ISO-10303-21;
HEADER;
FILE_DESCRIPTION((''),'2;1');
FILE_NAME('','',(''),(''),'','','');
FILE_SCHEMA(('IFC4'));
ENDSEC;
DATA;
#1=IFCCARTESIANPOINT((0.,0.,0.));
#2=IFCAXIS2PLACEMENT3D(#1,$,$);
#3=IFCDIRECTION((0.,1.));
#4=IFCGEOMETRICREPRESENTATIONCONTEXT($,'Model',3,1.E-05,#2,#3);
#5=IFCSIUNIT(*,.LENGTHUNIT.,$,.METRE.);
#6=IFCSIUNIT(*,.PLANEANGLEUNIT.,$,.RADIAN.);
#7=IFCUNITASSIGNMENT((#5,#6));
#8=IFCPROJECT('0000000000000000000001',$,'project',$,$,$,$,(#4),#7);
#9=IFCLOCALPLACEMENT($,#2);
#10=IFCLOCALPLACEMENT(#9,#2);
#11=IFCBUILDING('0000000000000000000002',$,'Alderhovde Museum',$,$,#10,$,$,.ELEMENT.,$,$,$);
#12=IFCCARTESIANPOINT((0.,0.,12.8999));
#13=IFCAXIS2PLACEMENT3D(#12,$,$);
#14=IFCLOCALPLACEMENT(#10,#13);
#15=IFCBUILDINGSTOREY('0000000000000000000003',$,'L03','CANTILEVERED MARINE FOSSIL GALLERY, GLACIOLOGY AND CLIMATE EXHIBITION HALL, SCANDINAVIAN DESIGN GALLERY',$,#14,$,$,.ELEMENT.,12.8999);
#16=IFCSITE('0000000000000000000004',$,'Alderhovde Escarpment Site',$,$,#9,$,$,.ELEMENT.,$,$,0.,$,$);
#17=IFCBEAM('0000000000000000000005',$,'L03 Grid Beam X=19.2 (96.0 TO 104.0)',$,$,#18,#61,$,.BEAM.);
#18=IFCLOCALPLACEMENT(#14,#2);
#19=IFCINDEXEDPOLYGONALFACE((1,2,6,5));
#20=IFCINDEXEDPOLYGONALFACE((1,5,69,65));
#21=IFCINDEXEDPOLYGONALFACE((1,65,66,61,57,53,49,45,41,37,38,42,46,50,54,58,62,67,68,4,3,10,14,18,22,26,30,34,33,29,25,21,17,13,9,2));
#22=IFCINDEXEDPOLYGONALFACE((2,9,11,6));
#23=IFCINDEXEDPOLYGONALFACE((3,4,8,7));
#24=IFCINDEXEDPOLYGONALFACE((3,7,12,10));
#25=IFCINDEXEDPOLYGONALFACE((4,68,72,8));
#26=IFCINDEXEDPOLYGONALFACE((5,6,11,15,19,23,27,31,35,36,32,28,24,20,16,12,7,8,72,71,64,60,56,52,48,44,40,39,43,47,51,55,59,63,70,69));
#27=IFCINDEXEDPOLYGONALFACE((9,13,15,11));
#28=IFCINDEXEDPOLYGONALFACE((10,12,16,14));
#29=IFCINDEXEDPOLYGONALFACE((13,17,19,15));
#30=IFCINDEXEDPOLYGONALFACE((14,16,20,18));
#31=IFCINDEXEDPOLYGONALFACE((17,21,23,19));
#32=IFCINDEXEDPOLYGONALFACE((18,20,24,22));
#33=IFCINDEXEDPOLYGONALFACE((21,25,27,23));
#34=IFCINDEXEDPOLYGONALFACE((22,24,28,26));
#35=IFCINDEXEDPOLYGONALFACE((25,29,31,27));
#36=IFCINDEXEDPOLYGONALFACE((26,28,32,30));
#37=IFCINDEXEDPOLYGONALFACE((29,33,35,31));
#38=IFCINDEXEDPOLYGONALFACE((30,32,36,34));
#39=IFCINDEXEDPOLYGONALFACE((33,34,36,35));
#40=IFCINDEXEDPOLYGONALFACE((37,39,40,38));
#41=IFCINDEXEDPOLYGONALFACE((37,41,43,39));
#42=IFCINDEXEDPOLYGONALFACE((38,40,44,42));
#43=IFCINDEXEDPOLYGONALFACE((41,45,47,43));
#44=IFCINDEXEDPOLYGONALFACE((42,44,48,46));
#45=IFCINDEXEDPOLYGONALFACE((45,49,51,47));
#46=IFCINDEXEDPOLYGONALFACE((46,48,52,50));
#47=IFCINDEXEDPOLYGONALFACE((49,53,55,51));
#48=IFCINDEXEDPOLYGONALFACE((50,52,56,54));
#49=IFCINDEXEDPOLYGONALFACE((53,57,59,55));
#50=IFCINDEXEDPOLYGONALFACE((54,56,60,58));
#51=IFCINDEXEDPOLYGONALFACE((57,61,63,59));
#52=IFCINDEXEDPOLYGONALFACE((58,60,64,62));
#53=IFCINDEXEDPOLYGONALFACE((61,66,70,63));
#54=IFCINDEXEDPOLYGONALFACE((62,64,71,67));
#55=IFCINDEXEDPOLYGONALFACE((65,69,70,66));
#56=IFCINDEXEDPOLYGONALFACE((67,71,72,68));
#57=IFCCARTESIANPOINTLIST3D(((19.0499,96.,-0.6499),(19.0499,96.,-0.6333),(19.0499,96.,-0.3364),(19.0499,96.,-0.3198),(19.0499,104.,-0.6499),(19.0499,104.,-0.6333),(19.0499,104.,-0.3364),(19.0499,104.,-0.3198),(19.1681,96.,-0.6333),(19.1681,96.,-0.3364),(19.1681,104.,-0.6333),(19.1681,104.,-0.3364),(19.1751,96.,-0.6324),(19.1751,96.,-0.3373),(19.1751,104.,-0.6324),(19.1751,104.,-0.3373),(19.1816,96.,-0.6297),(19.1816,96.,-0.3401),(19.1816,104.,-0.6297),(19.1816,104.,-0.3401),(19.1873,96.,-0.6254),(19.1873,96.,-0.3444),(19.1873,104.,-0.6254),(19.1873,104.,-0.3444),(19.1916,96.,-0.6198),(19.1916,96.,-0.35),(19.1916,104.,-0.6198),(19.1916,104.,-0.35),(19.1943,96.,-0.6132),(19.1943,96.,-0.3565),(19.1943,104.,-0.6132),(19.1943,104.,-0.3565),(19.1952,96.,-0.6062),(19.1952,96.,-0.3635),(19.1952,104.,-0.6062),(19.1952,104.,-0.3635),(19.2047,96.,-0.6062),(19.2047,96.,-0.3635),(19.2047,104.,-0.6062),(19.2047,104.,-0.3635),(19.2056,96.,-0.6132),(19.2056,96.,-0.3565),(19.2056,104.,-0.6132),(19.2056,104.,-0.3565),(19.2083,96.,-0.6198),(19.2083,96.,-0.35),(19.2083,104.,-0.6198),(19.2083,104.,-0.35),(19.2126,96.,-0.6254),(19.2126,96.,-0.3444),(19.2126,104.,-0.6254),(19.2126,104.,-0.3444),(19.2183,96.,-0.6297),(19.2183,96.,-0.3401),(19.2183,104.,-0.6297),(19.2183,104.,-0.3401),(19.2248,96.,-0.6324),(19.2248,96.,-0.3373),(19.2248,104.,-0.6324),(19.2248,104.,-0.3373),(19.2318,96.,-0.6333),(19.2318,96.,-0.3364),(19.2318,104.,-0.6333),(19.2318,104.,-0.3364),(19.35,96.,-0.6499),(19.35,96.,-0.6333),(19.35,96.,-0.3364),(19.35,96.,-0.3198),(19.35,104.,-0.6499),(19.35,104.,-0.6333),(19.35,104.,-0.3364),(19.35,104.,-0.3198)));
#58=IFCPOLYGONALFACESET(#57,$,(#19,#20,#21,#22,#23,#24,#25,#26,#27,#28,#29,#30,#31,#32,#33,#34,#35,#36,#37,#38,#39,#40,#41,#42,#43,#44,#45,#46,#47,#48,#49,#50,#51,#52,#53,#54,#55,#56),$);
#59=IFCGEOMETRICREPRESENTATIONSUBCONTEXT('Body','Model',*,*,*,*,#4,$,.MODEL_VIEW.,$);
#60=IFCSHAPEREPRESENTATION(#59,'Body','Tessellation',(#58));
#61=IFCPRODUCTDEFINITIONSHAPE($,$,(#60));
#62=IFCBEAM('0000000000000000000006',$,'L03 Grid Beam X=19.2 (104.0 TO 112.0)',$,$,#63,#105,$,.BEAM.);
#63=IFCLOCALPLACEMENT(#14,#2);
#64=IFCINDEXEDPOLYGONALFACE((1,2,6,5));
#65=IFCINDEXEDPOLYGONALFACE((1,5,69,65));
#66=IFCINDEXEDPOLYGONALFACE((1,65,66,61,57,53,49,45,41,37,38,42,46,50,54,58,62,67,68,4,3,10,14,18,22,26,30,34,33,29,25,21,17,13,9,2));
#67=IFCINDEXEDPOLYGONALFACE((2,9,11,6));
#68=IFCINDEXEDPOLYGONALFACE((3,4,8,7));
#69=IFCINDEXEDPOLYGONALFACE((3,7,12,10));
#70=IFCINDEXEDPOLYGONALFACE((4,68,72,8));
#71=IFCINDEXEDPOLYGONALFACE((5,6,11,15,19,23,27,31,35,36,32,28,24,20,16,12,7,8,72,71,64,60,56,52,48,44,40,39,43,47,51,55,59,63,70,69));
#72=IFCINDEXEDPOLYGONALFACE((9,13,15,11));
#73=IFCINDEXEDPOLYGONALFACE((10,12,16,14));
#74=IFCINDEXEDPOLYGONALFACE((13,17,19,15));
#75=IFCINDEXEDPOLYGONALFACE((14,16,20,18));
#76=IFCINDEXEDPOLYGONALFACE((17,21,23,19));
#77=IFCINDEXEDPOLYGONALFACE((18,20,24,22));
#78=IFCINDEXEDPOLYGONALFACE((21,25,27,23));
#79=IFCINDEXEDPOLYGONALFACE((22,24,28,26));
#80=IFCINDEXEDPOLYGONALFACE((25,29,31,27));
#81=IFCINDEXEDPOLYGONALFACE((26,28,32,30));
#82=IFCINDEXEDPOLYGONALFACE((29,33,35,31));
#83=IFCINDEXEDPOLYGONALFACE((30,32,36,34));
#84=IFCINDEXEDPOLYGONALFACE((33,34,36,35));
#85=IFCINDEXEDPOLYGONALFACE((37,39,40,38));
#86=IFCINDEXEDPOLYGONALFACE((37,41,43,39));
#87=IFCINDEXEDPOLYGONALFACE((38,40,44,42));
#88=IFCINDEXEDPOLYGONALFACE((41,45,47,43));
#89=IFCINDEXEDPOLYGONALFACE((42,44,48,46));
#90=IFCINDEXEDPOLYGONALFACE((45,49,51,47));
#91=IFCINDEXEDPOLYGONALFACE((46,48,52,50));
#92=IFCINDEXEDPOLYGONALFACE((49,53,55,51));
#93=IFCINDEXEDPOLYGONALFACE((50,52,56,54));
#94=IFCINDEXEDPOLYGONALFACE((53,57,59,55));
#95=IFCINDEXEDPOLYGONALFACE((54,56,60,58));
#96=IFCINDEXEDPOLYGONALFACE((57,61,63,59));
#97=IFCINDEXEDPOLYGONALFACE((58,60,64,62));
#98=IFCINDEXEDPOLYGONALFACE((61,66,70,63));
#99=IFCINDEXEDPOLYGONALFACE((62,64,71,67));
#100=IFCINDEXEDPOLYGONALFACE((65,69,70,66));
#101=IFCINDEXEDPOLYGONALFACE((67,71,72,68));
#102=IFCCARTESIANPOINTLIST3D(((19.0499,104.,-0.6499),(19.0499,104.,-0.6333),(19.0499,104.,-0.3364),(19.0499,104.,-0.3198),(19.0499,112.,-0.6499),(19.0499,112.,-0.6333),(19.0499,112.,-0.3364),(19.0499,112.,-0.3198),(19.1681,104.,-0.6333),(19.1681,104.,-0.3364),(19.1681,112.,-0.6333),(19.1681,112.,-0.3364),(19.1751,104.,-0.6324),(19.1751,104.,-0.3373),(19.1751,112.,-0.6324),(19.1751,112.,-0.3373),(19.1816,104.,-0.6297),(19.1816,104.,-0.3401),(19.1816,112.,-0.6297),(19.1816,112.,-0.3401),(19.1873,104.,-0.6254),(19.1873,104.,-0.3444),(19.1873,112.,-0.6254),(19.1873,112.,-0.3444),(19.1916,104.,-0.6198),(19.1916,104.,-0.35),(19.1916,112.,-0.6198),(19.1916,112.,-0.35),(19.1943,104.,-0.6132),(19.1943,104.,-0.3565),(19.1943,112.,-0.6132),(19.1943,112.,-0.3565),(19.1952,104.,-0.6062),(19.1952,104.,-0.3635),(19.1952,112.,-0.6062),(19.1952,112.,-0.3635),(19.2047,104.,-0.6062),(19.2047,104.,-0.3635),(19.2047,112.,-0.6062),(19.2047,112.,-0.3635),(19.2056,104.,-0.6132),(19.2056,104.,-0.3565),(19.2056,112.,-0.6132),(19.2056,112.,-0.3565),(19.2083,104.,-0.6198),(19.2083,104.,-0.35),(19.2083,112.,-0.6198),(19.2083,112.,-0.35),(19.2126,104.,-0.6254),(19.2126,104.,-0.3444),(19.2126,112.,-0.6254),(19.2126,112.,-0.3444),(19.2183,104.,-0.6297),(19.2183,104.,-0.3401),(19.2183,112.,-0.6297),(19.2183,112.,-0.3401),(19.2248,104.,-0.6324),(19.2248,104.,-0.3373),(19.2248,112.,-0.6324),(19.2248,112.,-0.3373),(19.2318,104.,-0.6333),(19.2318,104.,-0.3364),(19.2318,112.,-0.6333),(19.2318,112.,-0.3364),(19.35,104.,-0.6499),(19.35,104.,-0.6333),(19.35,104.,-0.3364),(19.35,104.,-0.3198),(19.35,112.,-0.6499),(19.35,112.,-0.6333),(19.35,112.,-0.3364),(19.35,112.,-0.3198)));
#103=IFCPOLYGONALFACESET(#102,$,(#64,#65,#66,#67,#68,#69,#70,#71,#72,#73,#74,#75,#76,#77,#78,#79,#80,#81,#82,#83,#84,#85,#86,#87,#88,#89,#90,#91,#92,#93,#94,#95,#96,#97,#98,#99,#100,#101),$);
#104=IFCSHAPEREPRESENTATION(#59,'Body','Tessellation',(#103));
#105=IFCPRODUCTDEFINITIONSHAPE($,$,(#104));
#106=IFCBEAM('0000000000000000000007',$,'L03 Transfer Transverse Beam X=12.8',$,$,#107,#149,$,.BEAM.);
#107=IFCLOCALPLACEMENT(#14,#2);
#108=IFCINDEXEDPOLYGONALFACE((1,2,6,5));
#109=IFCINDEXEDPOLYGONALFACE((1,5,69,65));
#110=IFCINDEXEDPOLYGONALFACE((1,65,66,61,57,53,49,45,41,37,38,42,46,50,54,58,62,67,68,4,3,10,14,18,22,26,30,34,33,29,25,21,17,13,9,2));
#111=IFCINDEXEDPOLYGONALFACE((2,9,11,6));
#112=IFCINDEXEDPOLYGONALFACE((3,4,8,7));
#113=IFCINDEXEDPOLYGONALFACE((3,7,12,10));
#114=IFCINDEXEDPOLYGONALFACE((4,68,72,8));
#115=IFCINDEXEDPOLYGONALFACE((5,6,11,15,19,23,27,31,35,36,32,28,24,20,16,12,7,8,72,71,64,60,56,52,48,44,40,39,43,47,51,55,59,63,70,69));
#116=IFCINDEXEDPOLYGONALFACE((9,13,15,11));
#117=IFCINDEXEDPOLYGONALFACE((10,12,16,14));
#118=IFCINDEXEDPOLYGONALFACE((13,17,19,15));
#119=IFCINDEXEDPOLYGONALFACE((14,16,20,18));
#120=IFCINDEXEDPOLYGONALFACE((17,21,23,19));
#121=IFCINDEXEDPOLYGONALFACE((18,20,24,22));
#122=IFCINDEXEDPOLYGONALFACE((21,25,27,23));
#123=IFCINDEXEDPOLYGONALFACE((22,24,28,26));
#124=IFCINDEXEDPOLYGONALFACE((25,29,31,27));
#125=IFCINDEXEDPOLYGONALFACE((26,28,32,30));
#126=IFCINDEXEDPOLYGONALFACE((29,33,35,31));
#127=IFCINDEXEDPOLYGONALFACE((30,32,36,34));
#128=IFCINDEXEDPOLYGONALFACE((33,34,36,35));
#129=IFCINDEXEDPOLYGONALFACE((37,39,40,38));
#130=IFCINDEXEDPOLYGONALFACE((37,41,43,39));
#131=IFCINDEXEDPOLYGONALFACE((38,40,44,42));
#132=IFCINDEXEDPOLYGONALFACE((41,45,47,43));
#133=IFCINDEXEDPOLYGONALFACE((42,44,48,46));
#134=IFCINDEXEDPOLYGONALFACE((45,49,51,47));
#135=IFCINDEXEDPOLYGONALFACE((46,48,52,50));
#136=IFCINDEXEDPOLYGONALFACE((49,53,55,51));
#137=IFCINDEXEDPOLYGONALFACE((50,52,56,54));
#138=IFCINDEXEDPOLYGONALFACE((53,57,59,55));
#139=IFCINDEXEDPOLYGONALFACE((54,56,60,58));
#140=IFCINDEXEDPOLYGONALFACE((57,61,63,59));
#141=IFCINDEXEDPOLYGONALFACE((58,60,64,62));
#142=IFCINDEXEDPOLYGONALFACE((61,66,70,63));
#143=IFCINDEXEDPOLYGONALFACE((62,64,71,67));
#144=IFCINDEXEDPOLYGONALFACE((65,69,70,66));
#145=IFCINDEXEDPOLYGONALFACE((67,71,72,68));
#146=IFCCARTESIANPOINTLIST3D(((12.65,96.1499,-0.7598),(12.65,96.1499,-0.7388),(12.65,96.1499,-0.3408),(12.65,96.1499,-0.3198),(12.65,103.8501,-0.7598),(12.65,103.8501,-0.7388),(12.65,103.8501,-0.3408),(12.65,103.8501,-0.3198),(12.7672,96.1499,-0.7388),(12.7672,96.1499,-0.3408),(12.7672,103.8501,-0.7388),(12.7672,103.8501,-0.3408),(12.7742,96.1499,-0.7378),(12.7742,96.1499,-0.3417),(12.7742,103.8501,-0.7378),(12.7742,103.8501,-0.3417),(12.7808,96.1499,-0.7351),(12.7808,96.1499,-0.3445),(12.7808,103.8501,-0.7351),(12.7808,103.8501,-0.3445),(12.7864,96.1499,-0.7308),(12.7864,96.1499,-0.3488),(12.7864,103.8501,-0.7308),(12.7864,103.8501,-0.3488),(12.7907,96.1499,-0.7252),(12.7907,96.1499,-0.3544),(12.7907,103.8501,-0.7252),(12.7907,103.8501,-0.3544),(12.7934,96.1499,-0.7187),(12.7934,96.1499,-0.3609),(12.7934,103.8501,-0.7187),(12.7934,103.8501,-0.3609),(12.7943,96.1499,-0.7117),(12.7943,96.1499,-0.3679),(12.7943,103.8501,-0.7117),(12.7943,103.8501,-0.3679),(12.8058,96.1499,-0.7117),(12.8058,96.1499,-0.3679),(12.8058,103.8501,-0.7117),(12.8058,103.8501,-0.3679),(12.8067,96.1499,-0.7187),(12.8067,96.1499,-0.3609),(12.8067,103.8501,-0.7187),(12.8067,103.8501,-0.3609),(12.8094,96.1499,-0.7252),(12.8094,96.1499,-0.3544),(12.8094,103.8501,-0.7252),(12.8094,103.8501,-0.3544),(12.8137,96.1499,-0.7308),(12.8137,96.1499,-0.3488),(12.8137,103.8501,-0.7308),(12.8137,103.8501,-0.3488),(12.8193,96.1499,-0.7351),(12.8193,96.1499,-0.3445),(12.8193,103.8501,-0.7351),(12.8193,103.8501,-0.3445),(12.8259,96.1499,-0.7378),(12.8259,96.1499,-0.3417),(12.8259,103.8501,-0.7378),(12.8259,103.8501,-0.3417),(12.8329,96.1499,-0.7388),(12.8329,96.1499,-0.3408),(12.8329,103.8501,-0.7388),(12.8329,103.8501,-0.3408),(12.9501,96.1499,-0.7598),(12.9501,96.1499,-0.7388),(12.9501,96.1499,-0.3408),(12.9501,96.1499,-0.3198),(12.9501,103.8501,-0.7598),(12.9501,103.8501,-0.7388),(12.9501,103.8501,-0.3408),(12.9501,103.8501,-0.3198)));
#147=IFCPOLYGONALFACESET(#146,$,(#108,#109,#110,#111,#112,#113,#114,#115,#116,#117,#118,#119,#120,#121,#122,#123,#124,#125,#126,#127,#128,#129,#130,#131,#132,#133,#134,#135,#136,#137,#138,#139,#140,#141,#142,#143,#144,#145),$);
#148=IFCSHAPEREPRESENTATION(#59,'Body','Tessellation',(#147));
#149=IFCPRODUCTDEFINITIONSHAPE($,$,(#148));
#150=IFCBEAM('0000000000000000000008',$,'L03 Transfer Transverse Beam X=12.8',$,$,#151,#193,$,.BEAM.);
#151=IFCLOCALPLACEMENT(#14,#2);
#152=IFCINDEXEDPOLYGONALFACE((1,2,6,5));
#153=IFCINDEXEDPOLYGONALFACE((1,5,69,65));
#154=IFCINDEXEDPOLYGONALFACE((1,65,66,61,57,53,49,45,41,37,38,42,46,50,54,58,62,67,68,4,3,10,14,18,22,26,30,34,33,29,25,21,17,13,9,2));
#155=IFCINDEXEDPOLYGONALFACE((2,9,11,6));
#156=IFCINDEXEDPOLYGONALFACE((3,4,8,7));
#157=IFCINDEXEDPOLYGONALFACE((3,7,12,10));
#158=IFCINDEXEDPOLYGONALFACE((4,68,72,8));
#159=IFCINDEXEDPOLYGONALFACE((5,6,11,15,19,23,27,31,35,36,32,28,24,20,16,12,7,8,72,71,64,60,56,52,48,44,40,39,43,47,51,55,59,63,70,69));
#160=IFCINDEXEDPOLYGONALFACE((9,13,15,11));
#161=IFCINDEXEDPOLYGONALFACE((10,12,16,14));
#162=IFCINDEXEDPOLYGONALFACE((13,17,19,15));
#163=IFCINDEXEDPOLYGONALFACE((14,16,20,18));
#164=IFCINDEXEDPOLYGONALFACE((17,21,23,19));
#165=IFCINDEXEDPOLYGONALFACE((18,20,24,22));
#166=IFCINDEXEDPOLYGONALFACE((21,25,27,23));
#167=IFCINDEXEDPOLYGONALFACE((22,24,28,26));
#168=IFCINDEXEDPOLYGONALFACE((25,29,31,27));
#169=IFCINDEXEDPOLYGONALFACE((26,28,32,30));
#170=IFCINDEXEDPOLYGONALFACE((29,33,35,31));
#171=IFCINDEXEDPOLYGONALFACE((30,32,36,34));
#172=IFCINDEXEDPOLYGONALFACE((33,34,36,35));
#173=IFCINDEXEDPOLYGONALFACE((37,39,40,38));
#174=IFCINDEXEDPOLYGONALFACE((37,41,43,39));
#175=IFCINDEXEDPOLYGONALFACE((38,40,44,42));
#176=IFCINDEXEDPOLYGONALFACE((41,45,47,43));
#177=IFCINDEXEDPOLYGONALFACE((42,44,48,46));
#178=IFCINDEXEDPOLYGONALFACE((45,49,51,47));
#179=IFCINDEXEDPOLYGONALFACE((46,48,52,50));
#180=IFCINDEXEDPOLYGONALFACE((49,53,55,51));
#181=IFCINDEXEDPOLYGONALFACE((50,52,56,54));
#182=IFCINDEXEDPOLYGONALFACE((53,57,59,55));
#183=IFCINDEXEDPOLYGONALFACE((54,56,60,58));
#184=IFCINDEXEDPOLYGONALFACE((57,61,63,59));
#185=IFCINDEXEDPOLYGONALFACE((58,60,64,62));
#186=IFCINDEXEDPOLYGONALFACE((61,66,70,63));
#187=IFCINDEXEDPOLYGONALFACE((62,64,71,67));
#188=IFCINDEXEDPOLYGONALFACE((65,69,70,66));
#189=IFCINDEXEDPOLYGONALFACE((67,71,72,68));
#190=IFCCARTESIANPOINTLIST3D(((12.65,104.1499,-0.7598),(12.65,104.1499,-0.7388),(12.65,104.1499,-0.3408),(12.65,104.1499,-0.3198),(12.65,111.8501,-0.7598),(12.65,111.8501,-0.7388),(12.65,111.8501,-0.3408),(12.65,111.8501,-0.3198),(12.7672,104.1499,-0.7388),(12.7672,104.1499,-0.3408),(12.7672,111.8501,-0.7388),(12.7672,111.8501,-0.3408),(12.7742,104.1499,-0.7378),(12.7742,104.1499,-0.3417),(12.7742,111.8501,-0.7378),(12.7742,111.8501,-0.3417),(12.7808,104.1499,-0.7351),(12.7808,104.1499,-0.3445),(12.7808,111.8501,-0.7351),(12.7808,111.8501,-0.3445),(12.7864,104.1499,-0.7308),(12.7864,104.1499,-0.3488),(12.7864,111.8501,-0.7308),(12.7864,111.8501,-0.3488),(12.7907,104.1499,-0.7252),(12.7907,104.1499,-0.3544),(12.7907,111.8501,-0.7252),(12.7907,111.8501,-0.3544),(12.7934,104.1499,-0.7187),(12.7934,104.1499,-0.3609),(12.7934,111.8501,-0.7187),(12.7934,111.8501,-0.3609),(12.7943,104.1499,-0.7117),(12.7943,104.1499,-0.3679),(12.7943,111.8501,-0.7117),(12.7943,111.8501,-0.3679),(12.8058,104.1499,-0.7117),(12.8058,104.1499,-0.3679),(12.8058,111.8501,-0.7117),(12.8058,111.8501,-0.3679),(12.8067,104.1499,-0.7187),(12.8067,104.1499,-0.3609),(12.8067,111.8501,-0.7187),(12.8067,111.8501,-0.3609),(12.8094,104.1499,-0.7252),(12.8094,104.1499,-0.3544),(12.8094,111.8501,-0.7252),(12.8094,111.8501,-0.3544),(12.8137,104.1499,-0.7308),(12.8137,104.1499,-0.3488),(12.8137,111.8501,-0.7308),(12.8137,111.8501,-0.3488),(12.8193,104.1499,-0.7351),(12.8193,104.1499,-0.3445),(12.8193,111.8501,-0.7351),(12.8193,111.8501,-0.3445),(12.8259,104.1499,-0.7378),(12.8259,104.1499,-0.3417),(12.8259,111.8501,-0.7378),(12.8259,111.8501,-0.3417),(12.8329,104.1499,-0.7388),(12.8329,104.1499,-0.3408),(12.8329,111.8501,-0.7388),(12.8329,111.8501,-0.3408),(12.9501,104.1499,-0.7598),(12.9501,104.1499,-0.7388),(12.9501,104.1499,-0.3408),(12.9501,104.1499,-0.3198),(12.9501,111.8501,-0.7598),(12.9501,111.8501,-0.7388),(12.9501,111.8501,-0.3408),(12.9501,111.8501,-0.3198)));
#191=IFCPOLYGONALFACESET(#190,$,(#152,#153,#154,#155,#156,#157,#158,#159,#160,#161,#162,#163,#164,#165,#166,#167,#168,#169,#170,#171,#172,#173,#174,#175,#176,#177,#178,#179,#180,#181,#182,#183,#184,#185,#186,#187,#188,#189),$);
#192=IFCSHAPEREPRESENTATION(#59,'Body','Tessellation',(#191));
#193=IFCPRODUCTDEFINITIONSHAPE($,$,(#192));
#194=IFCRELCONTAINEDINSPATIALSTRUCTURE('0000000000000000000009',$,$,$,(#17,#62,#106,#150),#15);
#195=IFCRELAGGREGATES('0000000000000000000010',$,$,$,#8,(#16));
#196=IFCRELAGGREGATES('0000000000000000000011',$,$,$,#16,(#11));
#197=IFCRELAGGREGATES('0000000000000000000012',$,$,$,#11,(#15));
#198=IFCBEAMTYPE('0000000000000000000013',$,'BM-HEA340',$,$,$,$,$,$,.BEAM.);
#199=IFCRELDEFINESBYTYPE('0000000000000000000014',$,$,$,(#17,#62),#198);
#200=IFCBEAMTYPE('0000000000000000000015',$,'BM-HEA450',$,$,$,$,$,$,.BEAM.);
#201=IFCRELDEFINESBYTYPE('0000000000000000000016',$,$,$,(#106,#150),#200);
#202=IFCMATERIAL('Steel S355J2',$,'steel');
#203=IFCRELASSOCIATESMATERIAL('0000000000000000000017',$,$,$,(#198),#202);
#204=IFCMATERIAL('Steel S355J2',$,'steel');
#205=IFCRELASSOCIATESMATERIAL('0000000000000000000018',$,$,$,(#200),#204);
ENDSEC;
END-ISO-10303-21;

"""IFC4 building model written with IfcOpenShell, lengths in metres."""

from ifc_helpers import new_model, si_unit, direction, frame, origin, origin_2d, place, context, subcontext, project, spatial, i_section, extrude, material, material_profile, profile_set, type_object, element, save


model = new_model("IFC4")

# Units and contexts
model_context = context("Model", 3, precision=1e-05, world=origin(), true_north=direction((0.0, 1.0)))
body_context = subcontext(model_context, "Body", "Model", "MODEL_VIEW")
ifc_project = project(units=[si_unit("LENGTHUNIT", "METRE"), si_unit("PLANEANGLEUNIT", "RADIAN")], contexts=[model_context])

# Site, building, storey
site_placement = place(None, origin())
site = spatial("IfcSite", under=ifc_project, at=site_placement, Name="Alderhovde Escarpment Site", CompositionType="ELEMENT", RefElevation=0.0)
building_placement = place(site_placement, origin())
building = spatial("IfcBuilding", under=site, at=building_placement, Name="Alderhovde Museum", CompositionType="ELEMENT")
storey_placement = place(building_placement, frame((0.0, 0.0, 12.8999)))
storey = spatial("IfcBuildingStorey", under=building, at=storey_placement, Name="L03", Description="CANTILEVERED MARINE FOSSIL GALLERY, GLACIOLOGY AND CLIMATE EXHIBITION HALL, SCANDINAVIAN DESIGN GALLERY", CompositionType="ELEMENT", Elevation=12.8999)

# Beams
ifc_material_1 = material(Name="Steel S355J2", Category="steel")
ifc_material_profile_1 = material_profile(ifc_material_1, i_section(OverallWidth=0.3, OverallDepth=0.3301, WebThickness=0.0095, FlangeThickness=0.0166, FilletRadius=0.0271, at=origin_2d()), Name="HEA 340")
ifc_profile_set_1 = profile_set([ifc_material_profile_1], Name="Steel S355J2")
beam_type_1 = type_object("IfcBeamType", Name="BM-HEA340", PredefinedType="BEAM", material=ifc_profile_set_1)
for number, where, z_axis, x_axis, name in (
    (1, (19.2, 96.0, -0.4849), (0.0, 1.0, 0.0), (-1.0, 0.0, 0.0), "L03 Grid Beam X=19.2 (96.0 TO 104.0)"),
    (2, (19.2, 104.0, -0.4849), (0.0, 1.0, 0.0), (-1.0, 0.0, 0.0), "L03 Grid Beam X=19.2 (104.0 TO 112.0)"),
):
    element("IfcBeam", number, at=place(storey_placement, frame(where, z_axis=z_axis, x_axis=x_axis)), inside=storey, type_object=beam_type_1, Name=name, PredefinedType="BEAM", context=body_context, shape_type="SweptSolid", body=[
        extrude(i_section(OverallWidth=0.3, OverallDepth=0.3301, WebThickness=0.0095, FlangeThickness=0.0166, FilletRadius=0.0271, at=origin_2d()), origin(), (0.0, 0.0, 1.0), 8.0),
    ])
ifc_material_2 = material(Name="Steel S355J2", Category="steel")
ifc_material_profile_2 = material_profile(ifc_material_2, i_section(OverallWidth=0.3, OverallDepth=0.4399, WebThickness=0.0115, FlangeThickness=0.021, FilletRadius=0.0271, at=origin_2d()), Name="HEA 450")
ifc_profile_set_2 = profile_set([ifc_material_profile_2], Name="Steel S355J2")
beam_type_2 = type_object("IfcBeamType", Name="BM-HEA450", PredefinedType="BEAM", material=ifc_profile_set_2)
for number, where, z_axis, x_axis, name in (
    (3, (12.8, 96.1499, -0.5398), (0.0, 1.0, 0.0), (-1.0, 0.0, 0.0), "L03 Transfer Transverse Beam X=12.8"),
    (4, (12.8, 104.1499, -0.5398), (0.0, 1.0, 0.0), (-1.0, 0.0, 0.0), "L03 Transfer Transverse Beam X=12.8"),
):
    element("IfcBeam", number, at=place(storey_placement, frame(where, z_axis=z_axis, x_axis=x_axis)), inside=storey, type_object=beam_type_2, Name=name, PredefinedType="BEAM", context=body_context, shape_type="SweptSolid", body=[
        extrude(i_section(OverallWidth=0.3, OverallDepth=0.4399, WebThickness=0.0115, FlangeThickness=0.021, FilletRadius=0.0271, at=origin_2d()), origin(), (0.0, 0.0, 1.0), 7.7002),
    ])

save(model, "model.ifc")
